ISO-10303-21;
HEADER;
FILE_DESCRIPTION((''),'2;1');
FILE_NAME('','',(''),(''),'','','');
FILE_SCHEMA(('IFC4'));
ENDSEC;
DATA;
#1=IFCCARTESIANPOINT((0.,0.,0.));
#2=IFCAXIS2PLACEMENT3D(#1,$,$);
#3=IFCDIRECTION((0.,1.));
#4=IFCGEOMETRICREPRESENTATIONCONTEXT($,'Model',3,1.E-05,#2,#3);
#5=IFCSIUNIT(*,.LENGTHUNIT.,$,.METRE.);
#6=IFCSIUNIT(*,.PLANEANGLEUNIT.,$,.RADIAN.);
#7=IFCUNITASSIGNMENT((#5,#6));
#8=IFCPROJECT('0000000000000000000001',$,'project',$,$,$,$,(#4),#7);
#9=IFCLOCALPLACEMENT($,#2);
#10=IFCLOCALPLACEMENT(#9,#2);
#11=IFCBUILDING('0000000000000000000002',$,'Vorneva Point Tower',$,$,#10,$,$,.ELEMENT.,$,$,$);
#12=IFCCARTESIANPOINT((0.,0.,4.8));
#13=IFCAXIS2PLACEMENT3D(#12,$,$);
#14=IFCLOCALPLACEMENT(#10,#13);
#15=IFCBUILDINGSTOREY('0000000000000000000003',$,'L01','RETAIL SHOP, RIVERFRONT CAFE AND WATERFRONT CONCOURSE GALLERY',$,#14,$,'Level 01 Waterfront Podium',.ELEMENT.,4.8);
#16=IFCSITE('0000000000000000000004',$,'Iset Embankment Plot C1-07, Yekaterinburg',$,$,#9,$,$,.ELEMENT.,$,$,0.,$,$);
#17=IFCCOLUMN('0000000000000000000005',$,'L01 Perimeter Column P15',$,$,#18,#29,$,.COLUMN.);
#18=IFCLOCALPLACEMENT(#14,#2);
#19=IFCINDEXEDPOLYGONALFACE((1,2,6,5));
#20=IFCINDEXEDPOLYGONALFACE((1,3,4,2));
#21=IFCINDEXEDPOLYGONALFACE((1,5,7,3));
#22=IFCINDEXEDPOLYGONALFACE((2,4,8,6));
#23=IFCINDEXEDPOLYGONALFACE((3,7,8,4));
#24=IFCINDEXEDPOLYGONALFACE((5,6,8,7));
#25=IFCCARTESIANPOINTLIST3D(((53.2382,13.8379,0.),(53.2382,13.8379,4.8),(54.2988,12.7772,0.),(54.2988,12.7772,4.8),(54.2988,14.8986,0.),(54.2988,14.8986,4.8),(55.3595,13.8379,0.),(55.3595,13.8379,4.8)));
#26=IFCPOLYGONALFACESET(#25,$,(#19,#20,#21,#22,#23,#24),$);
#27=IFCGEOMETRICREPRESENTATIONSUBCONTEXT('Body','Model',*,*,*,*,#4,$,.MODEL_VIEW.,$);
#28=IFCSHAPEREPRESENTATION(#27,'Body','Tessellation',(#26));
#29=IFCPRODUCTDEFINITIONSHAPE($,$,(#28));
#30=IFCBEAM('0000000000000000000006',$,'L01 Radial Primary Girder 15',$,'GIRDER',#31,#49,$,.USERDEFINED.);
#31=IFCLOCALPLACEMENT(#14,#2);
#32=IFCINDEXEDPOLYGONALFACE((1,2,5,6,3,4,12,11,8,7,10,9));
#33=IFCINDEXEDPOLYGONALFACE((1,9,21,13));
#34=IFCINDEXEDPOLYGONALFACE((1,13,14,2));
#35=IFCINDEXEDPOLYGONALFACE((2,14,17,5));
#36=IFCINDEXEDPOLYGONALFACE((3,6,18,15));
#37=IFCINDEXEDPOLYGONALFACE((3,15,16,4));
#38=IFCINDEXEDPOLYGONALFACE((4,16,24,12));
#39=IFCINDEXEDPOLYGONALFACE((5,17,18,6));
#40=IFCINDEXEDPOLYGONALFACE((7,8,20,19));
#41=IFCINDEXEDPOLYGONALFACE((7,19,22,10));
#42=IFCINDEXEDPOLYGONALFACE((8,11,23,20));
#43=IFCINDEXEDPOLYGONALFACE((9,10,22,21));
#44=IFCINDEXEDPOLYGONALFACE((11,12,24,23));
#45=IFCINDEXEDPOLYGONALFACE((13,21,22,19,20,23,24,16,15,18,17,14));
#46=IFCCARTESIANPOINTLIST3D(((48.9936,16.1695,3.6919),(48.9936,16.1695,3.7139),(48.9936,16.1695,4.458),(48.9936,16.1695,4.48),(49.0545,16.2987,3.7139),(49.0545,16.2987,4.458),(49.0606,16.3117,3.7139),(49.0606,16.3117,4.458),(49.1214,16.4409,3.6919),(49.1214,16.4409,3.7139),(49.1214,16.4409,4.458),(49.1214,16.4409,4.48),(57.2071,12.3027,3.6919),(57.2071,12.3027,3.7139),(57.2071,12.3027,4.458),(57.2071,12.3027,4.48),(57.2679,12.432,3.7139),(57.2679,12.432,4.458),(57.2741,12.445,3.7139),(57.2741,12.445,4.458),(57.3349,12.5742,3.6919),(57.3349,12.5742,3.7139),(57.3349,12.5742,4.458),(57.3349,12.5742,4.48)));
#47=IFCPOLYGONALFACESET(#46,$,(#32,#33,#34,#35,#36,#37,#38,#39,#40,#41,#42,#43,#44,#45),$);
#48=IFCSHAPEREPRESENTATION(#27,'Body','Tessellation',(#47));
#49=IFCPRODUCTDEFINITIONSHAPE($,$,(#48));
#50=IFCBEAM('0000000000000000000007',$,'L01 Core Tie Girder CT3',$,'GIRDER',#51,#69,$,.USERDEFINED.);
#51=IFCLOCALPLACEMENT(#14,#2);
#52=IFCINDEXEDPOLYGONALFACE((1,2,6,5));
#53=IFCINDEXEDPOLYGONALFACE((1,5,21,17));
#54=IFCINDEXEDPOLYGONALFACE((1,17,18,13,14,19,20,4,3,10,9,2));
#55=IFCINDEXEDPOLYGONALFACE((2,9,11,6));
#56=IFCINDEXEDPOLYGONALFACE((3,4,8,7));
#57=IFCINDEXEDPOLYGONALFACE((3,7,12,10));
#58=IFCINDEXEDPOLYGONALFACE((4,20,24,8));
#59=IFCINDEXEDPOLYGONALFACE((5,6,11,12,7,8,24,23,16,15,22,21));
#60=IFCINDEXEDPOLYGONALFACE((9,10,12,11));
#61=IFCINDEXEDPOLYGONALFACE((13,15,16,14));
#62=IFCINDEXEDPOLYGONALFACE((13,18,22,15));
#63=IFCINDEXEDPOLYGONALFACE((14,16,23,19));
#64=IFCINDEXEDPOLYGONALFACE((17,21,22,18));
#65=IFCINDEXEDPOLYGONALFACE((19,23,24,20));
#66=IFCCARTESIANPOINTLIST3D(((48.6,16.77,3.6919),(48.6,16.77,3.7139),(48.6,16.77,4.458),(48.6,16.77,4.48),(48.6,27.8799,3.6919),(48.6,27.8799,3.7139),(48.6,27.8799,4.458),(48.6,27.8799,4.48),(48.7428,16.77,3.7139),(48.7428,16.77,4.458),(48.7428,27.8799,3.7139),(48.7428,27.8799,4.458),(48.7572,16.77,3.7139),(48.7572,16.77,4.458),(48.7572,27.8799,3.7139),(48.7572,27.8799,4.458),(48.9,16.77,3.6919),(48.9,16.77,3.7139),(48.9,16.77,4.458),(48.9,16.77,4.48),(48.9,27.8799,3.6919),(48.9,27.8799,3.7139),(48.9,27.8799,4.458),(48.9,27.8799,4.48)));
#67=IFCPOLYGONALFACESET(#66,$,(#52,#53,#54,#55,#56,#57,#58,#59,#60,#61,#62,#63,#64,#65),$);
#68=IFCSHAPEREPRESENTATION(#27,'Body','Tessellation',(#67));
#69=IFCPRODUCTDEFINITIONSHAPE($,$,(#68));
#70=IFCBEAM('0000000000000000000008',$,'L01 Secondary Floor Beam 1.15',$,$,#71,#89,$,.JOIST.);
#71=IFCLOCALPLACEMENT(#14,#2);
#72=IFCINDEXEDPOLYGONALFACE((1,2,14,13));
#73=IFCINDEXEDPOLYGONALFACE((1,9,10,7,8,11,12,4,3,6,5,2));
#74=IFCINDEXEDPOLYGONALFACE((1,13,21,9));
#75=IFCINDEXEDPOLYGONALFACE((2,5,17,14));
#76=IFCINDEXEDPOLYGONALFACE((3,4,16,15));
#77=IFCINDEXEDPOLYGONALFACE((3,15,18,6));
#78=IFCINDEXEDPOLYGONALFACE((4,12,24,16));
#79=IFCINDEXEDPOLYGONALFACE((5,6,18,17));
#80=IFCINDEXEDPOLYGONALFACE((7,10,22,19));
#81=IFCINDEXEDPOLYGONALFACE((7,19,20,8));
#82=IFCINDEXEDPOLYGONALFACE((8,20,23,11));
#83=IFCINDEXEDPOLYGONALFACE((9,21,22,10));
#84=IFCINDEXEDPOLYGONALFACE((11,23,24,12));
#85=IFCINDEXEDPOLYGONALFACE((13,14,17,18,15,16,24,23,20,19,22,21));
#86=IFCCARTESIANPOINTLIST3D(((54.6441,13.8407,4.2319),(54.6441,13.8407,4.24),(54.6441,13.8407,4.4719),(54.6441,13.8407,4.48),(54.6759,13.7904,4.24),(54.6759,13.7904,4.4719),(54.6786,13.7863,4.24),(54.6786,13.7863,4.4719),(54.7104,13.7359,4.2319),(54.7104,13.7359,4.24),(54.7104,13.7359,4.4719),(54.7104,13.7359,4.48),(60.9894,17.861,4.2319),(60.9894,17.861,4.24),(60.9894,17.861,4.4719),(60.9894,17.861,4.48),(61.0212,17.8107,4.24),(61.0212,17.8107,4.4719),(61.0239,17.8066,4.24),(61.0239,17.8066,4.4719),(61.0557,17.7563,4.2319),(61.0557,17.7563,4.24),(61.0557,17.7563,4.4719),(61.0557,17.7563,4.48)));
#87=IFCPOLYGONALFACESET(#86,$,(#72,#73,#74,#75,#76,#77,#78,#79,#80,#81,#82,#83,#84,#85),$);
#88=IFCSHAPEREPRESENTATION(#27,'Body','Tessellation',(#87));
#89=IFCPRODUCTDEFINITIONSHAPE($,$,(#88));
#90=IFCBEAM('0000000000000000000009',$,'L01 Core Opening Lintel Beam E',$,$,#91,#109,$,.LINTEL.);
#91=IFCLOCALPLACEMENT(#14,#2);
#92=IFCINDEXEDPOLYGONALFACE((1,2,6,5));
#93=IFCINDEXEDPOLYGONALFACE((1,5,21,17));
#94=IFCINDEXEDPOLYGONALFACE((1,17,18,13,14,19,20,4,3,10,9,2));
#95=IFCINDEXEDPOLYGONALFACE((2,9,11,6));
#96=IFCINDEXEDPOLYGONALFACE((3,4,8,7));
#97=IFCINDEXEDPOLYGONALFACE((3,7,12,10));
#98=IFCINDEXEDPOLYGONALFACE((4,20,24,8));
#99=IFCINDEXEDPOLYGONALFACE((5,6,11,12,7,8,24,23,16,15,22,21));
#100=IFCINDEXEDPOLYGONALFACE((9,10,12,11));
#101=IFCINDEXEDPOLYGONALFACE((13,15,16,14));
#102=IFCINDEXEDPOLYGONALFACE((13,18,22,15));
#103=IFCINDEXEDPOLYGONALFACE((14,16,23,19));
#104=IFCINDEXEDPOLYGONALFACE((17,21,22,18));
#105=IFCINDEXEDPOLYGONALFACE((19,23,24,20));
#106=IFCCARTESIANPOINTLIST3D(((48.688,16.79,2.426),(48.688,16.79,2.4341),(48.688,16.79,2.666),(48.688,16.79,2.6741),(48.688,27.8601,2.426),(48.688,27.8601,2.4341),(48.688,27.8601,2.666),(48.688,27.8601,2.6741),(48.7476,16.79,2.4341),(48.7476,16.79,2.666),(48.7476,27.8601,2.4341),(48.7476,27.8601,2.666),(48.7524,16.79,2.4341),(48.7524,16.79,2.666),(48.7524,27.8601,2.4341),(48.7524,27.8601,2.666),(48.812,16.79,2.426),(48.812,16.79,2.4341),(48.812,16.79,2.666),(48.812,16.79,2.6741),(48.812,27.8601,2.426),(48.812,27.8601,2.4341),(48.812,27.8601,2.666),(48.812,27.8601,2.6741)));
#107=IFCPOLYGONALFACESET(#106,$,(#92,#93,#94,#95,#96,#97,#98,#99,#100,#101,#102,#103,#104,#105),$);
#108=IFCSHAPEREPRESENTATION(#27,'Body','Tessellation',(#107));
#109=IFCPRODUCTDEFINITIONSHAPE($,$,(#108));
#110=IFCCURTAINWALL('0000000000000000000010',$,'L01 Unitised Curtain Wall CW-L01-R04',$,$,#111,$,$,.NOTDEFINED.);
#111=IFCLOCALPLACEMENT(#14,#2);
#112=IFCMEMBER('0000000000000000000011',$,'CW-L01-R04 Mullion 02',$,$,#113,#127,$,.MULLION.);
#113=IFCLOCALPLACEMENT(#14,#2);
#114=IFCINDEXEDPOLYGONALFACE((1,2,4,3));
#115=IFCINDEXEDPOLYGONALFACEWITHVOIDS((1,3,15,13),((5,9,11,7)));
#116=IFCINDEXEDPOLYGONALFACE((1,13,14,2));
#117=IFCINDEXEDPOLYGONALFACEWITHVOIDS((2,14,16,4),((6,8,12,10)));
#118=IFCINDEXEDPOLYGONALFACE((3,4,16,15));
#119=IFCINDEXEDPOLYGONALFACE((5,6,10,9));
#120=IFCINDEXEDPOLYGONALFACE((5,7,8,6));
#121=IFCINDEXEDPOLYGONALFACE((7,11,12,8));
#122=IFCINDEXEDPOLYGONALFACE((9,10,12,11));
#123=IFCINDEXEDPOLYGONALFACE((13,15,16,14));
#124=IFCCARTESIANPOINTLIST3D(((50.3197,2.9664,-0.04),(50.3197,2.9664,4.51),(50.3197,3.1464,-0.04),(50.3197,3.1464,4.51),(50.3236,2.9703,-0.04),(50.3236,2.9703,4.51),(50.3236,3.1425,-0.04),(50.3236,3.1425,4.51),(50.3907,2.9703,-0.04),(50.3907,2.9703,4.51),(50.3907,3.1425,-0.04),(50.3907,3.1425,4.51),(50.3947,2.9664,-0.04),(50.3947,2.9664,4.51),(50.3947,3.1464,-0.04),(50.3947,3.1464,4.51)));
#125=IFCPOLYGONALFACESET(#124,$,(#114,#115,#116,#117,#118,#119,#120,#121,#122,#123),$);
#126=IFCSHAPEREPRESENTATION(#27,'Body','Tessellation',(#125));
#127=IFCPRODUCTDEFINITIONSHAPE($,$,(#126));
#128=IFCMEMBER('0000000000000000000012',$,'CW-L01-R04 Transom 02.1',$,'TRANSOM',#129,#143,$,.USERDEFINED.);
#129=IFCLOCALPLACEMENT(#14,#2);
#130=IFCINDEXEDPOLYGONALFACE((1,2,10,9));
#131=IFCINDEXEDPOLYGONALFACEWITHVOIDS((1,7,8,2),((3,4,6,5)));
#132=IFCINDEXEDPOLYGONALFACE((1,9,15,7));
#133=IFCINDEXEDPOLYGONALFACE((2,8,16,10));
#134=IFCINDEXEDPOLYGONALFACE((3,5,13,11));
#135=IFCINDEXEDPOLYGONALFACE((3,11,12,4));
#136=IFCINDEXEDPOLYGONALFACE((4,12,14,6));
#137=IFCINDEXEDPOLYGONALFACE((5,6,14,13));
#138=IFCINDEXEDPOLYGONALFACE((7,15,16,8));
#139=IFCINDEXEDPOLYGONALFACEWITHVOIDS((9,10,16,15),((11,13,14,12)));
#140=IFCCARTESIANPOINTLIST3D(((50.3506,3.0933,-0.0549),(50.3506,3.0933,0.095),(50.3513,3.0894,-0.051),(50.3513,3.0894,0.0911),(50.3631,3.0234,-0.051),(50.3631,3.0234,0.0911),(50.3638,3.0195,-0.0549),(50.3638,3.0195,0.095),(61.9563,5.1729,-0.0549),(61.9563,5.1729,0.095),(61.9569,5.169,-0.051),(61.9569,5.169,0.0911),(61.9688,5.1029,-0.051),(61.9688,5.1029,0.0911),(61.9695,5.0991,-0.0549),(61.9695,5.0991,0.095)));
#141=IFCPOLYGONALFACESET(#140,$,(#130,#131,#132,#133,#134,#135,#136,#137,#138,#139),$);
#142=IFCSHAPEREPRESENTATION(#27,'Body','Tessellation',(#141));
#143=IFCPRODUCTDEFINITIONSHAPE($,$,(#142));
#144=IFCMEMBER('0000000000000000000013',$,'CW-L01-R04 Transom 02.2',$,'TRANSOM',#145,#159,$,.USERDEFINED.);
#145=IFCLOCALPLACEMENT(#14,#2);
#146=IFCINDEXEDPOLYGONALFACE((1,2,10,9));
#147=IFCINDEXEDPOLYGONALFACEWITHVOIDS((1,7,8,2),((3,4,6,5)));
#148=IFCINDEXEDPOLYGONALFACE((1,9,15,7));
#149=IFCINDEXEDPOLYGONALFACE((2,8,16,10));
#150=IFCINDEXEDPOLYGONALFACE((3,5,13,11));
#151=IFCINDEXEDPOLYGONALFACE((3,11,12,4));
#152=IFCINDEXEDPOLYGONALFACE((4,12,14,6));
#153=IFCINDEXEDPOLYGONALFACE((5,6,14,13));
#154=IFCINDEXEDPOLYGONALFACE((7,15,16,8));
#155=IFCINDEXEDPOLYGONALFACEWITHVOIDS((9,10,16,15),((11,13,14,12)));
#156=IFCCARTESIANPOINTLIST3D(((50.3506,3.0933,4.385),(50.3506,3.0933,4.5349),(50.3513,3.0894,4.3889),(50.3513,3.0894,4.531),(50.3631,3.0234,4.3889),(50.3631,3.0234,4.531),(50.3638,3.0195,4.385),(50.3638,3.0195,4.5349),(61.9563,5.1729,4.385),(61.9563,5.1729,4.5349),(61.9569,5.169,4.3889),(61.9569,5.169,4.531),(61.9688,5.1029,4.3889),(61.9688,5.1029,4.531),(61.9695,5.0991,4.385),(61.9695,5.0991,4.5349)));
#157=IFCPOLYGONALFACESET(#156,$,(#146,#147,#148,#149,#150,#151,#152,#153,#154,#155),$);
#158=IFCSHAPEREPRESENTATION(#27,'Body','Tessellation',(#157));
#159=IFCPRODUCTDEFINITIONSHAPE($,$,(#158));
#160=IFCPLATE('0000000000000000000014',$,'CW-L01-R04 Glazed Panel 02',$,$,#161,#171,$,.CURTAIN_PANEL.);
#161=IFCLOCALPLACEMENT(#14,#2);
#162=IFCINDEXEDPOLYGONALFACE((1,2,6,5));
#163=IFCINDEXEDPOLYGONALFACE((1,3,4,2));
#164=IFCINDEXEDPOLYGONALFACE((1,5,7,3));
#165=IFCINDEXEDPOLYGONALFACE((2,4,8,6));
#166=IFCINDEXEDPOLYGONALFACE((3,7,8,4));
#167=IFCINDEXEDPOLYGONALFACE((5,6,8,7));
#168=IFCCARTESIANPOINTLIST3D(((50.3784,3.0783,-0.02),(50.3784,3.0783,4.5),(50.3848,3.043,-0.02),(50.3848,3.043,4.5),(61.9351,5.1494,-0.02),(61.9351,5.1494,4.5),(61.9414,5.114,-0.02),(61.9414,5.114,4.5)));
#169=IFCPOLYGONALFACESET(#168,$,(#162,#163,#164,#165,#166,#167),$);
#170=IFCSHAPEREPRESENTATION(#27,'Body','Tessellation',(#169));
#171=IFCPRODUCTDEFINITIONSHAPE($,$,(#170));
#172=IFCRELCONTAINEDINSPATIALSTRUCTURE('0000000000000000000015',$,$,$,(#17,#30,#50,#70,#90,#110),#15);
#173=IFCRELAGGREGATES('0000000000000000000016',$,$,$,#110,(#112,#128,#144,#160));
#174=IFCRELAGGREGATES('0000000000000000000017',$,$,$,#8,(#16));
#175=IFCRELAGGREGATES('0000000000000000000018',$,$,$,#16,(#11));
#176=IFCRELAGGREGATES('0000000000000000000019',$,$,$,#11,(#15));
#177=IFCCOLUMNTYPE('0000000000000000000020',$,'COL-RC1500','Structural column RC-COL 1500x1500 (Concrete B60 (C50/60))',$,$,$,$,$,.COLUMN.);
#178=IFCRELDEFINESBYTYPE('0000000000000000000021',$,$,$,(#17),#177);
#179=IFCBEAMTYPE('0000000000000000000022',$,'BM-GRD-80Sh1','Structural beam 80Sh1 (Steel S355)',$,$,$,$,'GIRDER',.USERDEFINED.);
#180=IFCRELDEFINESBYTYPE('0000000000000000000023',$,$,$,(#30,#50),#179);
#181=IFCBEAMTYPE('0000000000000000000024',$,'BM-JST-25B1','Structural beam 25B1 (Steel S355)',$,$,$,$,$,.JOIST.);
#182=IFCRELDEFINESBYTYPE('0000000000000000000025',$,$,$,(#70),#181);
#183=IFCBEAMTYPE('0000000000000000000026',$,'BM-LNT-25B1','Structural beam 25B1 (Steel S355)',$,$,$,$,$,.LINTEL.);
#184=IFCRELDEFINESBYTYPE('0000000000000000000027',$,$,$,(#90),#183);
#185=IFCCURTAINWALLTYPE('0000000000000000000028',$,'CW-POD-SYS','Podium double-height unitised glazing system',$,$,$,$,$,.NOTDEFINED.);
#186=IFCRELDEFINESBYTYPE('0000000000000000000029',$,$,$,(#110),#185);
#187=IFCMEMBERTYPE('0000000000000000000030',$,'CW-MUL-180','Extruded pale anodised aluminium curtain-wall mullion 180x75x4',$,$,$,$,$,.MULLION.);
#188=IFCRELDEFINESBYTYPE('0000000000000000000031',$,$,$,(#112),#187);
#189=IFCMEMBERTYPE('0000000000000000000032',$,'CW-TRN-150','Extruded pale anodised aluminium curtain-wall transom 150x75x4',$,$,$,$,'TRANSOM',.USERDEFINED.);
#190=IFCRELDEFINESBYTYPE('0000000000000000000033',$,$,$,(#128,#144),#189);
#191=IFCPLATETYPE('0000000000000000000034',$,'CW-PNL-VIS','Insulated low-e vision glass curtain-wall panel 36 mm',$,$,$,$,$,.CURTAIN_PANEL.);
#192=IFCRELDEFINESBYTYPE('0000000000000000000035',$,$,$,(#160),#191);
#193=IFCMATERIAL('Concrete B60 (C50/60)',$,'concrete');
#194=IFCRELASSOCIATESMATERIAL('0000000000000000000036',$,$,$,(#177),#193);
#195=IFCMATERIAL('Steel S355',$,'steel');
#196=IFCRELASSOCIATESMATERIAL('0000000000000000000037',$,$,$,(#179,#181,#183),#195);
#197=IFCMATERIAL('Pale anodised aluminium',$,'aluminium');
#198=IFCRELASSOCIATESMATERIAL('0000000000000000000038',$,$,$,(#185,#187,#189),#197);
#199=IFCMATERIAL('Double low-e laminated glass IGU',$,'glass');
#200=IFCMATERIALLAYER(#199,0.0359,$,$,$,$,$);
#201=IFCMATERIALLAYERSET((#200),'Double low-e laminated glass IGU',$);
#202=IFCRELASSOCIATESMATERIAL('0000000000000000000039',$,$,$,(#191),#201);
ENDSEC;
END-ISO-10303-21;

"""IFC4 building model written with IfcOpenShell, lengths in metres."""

from ifc_helpers import new_model, si_unit, direction, frame, origin, origin_2d, place, context, subcontext, project, spatial, rectangle, hollow_rectangle, i_section, extrude, material, layer, layer_set, material_profile, profile_set, type_object, element, aggregate, save


model = new_model("IFC4")

# Units and contexts
model_context = context("Model", 3, precision=1e-05, world=origin(), true_north=direction((0.0, 1.0)))
body_context = subcontext(model_context, "Body", "Model", "MODEL_VIEW")
ifc_project = project(units=[si_unit("LENGTHUNIT", "METRE"), si_unit("PLANEANGLEUNIT", "RADIAN")], contexts=[model_context])

# Site, building, storey
site_placement = place(None, origin())
site = spatial("IfcSite", under=ifc_project, at=site_placement, Name="Iset Embankment Plot C1-07, Yekaterinburg", CompositionType="ELEMENT", RefElevation=0.0)
building_placement = place(site_placement, origin())
building = spatial("IfcBuilding", under=site, at=building_placement, Name="Vorneva Point Tower", CompositionType="ELEMENT")
storey_placement = place(building_placement, frame((0.0, 0.0, 4.8)))
storey = spatial("IfcBuildingStorey", under=building, at=storey_placement, Name="L01", Description="RETAIL SHOP, RIVERFRONT CAFE AND WATERFRONT CONCOURSE GALLERY", LongName="Level 01 Waterfront Podium", CompositionType="ELEMENT", Elevation=4.8)

# Column
ifc_material_1 = material(Name="Concrete B60 (C50/60)", Category="concrete")
ifc_material_profile_1 = material_profile(ifc_material_1, rectangle(XDim=1.5, YDim=1.5, at=origin_2d()), Name="RC-COL 1500x1500")
ifc_profile_set_1 = profile_set([ifc_material_profile_1], Name="Concrete B60 (C50/60)")
column_type = type_object("IfcColumnType", Name="COL-RC1500", Description="Structural column RC-COL 1500x1500 (Concrete B60 (C50/60))", PredefinedType="COLUMN", material=ifc_profile_set_1)
column_placement = place(storey_placement, frame((54.2988, 13.8379, 0.0), z_axis=(0.0, 0.0, 1.0), x_axis=(0.707107, -0.707107, 0.0)))
element("IfcColumn", 1, at=column_placement, inside=storey, type_object=column_type, Name="L01 Perimeter Column P15", PredefinedType="COLUMN", context=body_context, shape_type="SweptSolid", body=[
    extrude(rectangle(XDim=1.5, YDim=1.5, at=origin_2d()), origin(), (0.0, 0.0, 1.0), 4.8),
])

# Beams
ifc_material_2 = material(Name="Steel S355", Category="steel")
ifc_material_profile_2 = material_profile(ifc_material_2, i_section(OverallWidth=0.3, OverallDepth=0.7881, WebThickness=0.0144, FlangeThickness=0.022, at=origin_2d()), Name="80Sh1")
ifc_profile_set_2 = profile_set([ifc_material_profile_2], Name="Steel S355")
beam_type_1 = type_object("IfcBeamType", Name="BM-GRD-80Sh1", Description="Structural beam 80Sh1 (Steel S355)", ElementType="GIRDER", PredefinedType="USERDEFINED", material=ifc_profile_set_2)
beam_1_placement = place(storey_placement, frame((57.271, 12.4385, 4.0859), z_axis=(-0.904752, 0.425939, 0.0), x_axis=(-0.425939, -0.904752, 0.0)))
element("IfcBeam", 2, at=beam_1_placement, inside=storey, type_object=beam_type_1, Name="L01 Radial Primary Girder 15", ObjectType="GIRDER", PredefinedType="USERDEFINED", context=body_context, shape_type="SweptSolid", body=[
    extrude(i_section(OverallWidth=0.3, OverallDepth=0.7881, WebThickness=0.0144, FlangeThickness=0.022, at=origin_2d()), origin(), (0.0, 0.0, 1.0), 9.0781),
])
beam_2_placement = place(storey_placement, frame((48.75, 16.77, 4.0859), z_axis=(0.0, 1.0, 0.0), x_axis=(-1.0, 0.0, 0.0)))
element("IfcBeam", 3, at=beam_2_placement, inside=storey, type_object=beam_type_1, Name="L01 Core Tie Girder CT3", ObjectType="GIRDER", PredefinedType="USERDEFINED", context=body_context, shape_type="SweptSolid", body=[
    extrude(i_section(OverallWidth=0.3, OverallDepth=0.7881, WebThickness=0.0144, FlangeThickness=0.022, at=origin_2d()), origin(), (0.0, 0.0, 1.0), 11.1099),
])
ifc_material_profile_3 = material_profile(ifc_material_2, i_section(OverallWidth=0.124, OverallDepth=0.248, WebThickness=0.0049, FlangeThickness=0.0081, at=origin_2d()), Name="25B1")
ifc_profile_set_3 = profile_set([ifc_material_profile_3], Name="Steel S355")
beam_type_2 = type_object("IfcBeamType", Name="BM-JST-25B1", Description="Structural beam 25B1 (Steel S355)", PredefinedType="JOIST", material=ifc_profile_set_3)
beam_3_placement = place(storey_placement, frame((54.6772, 13.7883, 4.356), z_axis=(0.844721, 0.535207, 0.0), x_axis=(-0.535207, 0.844721, 0.0)))
element("IfcBeam", 4, at=beam_3_placement, inside=storey, type_object=beam_type_2, Name="L01 Secondary Floor Beam 1.15", PredefinedType="JOIST", context=body_context, shape_type="SweptSolid", body=[
    extrude(i_section(OverallWidth=0.124, OverallDepth=0.248, WebThickness=0.0049, FlangeThickness=0.0081, at=origin_2d()), origin(), (0.0, 0.0, 1.0), 7.5117),
])
ifc_material_profile_4 = material_profile(ifc_material_2, i_section(OverallWidth=0.124, OverallDepth=0.248, WebThickness=0.0049, FlangeThickness=0.0081, at=origin_2d()), Name="25B1")
ifc_profile_set_4 = profile_set([ifc_material_profile_4], Name="Steel S355")
beam_type_3 = type_object("IfcBeamType", Name="BM-LNT-25B1", Description="Structural beam 25B1 (Steel S355)", PredefinedType="LINTEL", material=ifc_profile_set_4)
beam_4_placement = place(storey_placement, frame((48.75, 16.79, 2.55), z_axis=(0.0, 1.0, 0.0), x_axis=(-1.0, 0.0, 0.0)))
element("IfcBeam", 5, at=beam_4_placement, inside=storey, type_object=beam_type_3, Name="L01 Core Opening Lintel Beam E", PredefinedType="LINTEL", context=body_context, shape_type="SweptSolid", body=[
    extrude(i_section(OverallWidth=0.124, OverallDepth=0.248, WebThickness=0.0049, FlangeThickness=0.0081, at=origin_2d()), origin(), (0.0, 0.0, 1.0), 11.0701),
])

# Curtain wall, members, plate
ifc_material_3 = material(Name="Pale anodised aluminium", Category="aluminium")
curtain_wall_type = type_object("IfcCurtainWallType", Name="CW-POD-SYS", Description="Podium double-height unitised glazing system", PredefinedType="NOTDEFINED", material=ifc_material_3)
curtain_wall_placement = place(storey_placement, origin())
curtain_wall = element("IfcCurtainWall", 6, at=curtain_wall_placement, inside=storey, type_object=curtain_wall_type, Name="L01 Unitised Curtain Wall CW-L01-R04", PredefinedType="NOTDEFINED")
ifc_material_profile_5 = material_profile(ifc_material_3, hollow_rectangle(XDim=0.075, YDim=0.1799, WallThickness=0.0039, at=origin_2d()), Name="AL-MUL 180x75x4")
ifc_profile_set_5 = profile_set([ifc_material_profile_5], Name="Pale anodised aluminium")
member_type_1 = type_object("IfcMemberType", Name="CW-MUL-180", Description="Extruded pale anodised aluminium curtain-wall mullion 180x75x4", PredefinedType="MULLION", material=ifc_profile_set_5)
member_1_placement = place(storey_placement, frame((50.3572, 3.0564, -0.04), z_axis=(0.0, 0.0, 1.0), x_axis=(1.0, 0.0, 0.0)))
member_1 = element("IfcMember", 7, at=member_1_placement, type_object=member_type_1, Name="CW-L01-R04 Mullion 02", PredefinedType="MULLION", context=body_context, shape_type="SweptSolid", body=[
    extrude(hollow_rectangle(XDim=0.075, YDim=0.1799, WallThickness=0.0039, at=origin_2d()), origin(), (0.0, 0.0, 1.0), 4.55),
])
ifc_material_profile_6 = material_profile(ifc_material_3, hollow_rectangle(XDim=0.075, YDim=0.1499, WallThickness=0.0039, at=origin_2d()), Name="AL-TRN 150x75x4")
ifc_profile_set_6 = profile_set([ifc_material_profile_6], Name="Pale anodised aluminium")
member_type_2 = type_object("IfcMemberType", Name="CW-TRN-150", Description="Extruded pale anodised aluminium curtain-wall transom 150x75x4", ElementType="TRANSOM", PredefinedType="USERDEFINED", material=ifc_profile_set_6)
member_2_placement = place(storey_placement, frame((50.3572, 3.0564, 0.02), z_axis=(0.984323, 0.176378, 0.0), x_axis=(-0.176378, 0.984323, 0.0)))
member_2 = element("IfcMember", 8, at=member_2_placement, type_object=member_type_2, Name="CW-L01-R04 Transom 02.1", ObjectType="TRANSOM", PredefinedType="USERDEFINED", context=body_context, shape_type="SweptSolid", body=[
    extrude(hollow_rectangle(XDim=0.075, YDim=0.1499, WallThickness=0.0039, at=origin_2d()), origin(), (0.0, 0.0, 1.0), 11.7905),
])
member_3_placement = place(storey_placement, frame((50.3572, 3.0564, 4.46), z_axis=(0.984323, 0.176378, 0.0), x_axis=(-0.176378, 0.984323, 0.0)))
member_3 = element("IfcMember", 9, at=member_3_placement, type_object=member_type_2, Name="CW-L01-R04 Transom 02.2", ObjectType="TRANSOM", PredefinedType="USERDEFINED", context=body_context, shape_type="SweptSolid", body=[
    extrude(hollow_rectangle(XDim=0.075, YDim=0.1499, WallThickness=0.0039, at=origin_2d()), origin(), (0.0, 0.0, 1.0), 11.7905),
])
ifc_material_4 = material(Name="Double low-e laminated glass IGU", Category="glass")
ifc_layer_1 = layer(ifc_material_4, 0.0359)
ifc_layer_set_1 = layer_set([ifc_layer_1], Name="Double low-e laminated glass IGU")
plate_type = type_object("IfcPlateType", Name="CW-PNL-VIS", Description="Insulated low-e vision glass curtain-wall panel 36 mm", PredefinedType="CURTAIN_PANEL", material=ifc_layer_set_1)
plate_placement = place(storey_placement, frame((56.1599, 4.0962, -0.02), z_axis=(0.0, 0.0, 1.0), x_axis=(0.984319, 0.176398, 0.0)))
plate = element("IfcPlate", 10, at=plate_placement, type_object=plate_type, Name="CW-L01-R04 Glazed Panel 02", PredefinedType="CURTAIN_PANEL", context=body_context, shape_type="SweptSolid", body=[
    extrude(rectangle(XDim=11.7407, YDim=0.0359, at=origin_2d()), origin(), (0.0, 0.0, 1.0), 4.52),
])
aggregate(curtain_wall, [member_1, member_2, member_3, plate])

save(model, "model.ifc")
